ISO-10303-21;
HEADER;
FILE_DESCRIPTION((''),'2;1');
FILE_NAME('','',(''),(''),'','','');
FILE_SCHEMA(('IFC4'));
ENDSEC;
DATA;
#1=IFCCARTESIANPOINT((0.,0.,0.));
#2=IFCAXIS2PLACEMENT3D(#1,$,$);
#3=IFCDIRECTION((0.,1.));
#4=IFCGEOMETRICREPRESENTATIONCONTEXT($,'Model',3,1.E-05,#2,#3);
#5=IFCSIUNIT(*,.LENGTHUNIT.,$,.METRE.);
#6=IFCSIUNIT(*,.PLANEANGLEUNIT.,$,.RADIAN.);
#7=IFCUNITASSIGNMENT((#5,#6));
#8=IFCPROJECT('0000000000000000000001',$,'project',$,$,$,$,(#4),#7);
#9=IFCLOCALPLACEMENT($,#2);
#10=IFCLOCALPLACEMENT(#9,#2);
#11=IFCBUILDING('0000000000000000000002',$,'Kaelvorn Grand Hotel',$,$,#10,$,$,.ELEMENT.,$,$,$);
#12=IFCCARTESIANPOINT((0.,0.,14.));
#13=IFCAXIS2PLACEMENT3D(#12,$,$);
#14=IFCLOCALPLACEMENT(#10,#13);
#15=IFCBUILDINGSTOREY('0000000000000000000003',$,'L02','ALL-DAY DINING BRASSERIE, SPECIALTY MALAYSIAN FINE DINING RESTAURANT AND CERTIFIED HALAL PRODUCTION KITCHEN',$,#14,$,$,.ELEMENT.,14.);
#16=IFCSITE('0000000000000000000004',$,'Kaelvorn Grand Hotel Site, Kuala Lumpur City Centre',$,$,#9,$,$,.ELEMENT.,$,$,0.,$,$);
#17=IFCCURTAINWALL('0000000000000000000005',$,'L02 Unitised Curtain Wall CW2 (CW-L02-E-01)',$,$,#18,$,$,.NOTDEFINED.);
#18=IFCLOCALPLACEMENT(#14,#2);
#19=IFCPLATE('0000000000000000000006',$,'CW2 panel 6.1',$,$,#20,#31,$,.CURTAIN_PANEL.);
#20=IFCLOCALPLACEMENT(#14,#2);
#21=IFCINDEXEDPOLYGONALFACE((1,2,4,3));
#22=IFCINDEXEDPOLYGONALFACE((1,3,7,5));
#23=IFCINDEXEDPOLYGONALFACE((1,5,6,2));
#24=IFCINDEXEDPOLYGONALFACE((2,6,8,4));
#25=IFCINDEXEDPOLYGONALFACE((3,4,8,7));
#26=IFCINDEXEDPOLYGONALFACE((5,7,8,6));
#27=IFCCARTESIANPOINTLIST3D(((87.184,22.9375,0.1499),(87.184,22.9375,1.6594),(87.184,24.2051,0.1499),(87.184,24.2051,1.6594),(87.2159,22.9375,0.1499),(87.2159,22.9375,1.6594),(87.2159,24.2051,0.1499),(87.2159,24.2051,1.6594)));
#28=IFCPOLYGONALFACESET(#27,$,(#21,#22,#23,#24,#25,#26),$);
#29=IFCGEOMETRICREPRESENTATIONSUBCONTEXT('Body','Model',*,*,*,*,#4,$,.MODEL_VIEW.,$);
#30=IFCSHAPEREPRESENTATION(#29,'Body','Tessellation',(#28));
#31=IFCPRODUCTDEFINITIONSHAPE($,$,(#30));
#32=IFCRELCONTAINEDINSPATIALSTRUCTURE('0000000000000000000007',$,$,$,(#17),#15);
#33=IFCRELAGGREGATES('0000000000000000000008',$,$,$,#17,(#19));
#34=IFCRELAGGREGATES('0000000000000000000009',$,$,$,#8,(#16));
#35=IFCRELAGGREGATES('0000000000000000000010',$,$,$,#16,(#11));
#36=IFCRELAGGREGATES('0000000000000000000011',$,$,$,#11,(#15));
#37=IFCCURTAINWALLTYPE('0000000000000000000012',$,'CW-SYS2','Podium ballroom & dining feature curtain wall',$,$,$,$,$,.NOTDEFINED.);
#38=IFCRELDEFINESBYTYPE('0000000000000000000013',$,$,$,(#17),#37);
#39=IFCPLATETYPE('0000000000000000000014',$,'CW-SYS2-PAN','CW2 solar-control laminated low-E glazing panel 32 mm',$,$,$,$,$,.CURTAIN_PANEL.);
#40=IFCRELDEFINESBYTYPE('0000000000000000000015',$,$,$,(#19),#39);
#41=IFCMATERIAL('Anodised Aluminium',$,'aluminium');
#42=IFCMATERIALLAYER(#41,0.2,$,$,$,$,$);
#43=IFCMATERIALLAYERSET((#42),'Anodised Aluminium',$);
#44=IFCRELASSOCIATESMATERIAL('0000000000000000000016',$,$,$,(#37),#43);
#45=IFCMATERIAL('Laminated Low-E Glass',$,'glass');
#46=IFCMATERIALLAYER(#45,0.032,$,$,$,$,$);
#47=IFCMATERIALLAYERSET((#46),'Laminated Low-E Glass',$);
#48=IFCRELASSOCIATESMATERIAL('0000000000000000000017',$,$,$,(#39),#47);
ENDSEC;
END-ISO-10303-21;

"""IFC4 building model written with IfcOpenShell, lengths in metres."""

from ifc_helpers import new_model, si_unit, direction, frame, origin, origin_2d, place, context, subcontext, project, spatial, rectangle, extrude, material, layer, layer_set, type_object, element, aggregate, save


model = new_model("IFC4")

# Units and contexts
model_context = context("Model", 3, precision=1e-05, world=origin(), true_north=direction((0.0, 1.0)))
body_context = subcontext(model_context, "Body", "Model", "MODEL_VIEW")
ifc_project = project(units=[si_unit("LENGTHUNIT", "METRE"), si_unit("PLANEANGLEUNIT", "RADIAN")], contexts=[model_context])

# Site, building, storey
site_placement = place(None, origin())
site = spatial("IfcSite", under=ifc_project, at=site_placement, Name="Kaelvorn Grand Hotel Site, Kuala Lumpur City Centre", CompositionType="ELEMENT", RefElevation=0.0)
building_placement = place(site_placement, origin())
building = spatial("IfcBuilding", under=site, at=building_placement, Name="Kaelvorn Grand Hotel", CompositionType="ELEMENT")
storey_placement = place(building_placement, frame((0.0, 0.0, 14.0)))
storey = spatial("IfcBuildingStorey", under=building, at=storey_placement, Name="L02", Description="ALL-DAY DINING BRASSERIE, SPECIALTY MALAYSIAN FINE DINING RESTAURANT AND CERTIFIED HALAL PRODUCTION KITCHEN", CompositionType="ELEMENT", Elevation=14.0)

# Curtain wall, plate
ifc_material_1 = material(Name="Anodised Aluminium", Category="aluminium")
ifc_layer_1 = layer(ifc_material_1, 0.2)
ifc_layer_set_1 = layer_set([ifc_layer_1], Name="Anodised Aluminium")
curtain_wall_type = type_object("IfcCurtainWallType", Name="CW-SYS2", Description="Podium ballroom & dining feature curtain wall", PredefinedType="NOTDEFINED", material=ifc_layer_set_1)
curtain_wall_placement = place(storey_placement, origin())
curtain_wall = element("IfcCurtainWall", 1, at=curtain_wall_placement, inside=storey, type_object=curtain_wall_type, Name="L02 Unitised Curtain Wall CW2 (CW-L02-E-01)", PredefinedType="NOTDEFINED")
ifc_material_2 = material(Name="Laminated Low-E Glass", Category="glass")
ifc_layer_2 = layer(ifc_material_2, 0.032)
ifc_layer_set_2 = layer_set([ifc_layer_2], Name="Laminated Low-E Glass")
plate_type = type_object("IfcPlateType", Name="CW-SYS2-PAN", Description="CW2 solar-control laminated low-E glazing panel 32 mm", PredefinedType="CURTAIN_PANEL", material=ifc_layer_set_2)
plate_1_placement = place(storey_placement, frame((87.2, 23.5713, 0.1499), z_axis=(0.0, 0.0, 1.0), x_axis=(0.0, 1.0, 0.0)))
plate_1 = element("IfcPlate", 2, at=plate_1_placement, type_object=plate_type, Name="CW2 panel 6.1", PredefinedType="CURTAIN_PANEL", context=body_context, shape_type="SweptSolid", body=[
    extrude(rectangle(XDim=1.2676, YDim=0.032, at=origin_2d()), origin(), (0.0, 0.0, 1.0), 1.5095),
])
aggregate(curtain_wall, [plate_1])

save(model, "model.ifc")
